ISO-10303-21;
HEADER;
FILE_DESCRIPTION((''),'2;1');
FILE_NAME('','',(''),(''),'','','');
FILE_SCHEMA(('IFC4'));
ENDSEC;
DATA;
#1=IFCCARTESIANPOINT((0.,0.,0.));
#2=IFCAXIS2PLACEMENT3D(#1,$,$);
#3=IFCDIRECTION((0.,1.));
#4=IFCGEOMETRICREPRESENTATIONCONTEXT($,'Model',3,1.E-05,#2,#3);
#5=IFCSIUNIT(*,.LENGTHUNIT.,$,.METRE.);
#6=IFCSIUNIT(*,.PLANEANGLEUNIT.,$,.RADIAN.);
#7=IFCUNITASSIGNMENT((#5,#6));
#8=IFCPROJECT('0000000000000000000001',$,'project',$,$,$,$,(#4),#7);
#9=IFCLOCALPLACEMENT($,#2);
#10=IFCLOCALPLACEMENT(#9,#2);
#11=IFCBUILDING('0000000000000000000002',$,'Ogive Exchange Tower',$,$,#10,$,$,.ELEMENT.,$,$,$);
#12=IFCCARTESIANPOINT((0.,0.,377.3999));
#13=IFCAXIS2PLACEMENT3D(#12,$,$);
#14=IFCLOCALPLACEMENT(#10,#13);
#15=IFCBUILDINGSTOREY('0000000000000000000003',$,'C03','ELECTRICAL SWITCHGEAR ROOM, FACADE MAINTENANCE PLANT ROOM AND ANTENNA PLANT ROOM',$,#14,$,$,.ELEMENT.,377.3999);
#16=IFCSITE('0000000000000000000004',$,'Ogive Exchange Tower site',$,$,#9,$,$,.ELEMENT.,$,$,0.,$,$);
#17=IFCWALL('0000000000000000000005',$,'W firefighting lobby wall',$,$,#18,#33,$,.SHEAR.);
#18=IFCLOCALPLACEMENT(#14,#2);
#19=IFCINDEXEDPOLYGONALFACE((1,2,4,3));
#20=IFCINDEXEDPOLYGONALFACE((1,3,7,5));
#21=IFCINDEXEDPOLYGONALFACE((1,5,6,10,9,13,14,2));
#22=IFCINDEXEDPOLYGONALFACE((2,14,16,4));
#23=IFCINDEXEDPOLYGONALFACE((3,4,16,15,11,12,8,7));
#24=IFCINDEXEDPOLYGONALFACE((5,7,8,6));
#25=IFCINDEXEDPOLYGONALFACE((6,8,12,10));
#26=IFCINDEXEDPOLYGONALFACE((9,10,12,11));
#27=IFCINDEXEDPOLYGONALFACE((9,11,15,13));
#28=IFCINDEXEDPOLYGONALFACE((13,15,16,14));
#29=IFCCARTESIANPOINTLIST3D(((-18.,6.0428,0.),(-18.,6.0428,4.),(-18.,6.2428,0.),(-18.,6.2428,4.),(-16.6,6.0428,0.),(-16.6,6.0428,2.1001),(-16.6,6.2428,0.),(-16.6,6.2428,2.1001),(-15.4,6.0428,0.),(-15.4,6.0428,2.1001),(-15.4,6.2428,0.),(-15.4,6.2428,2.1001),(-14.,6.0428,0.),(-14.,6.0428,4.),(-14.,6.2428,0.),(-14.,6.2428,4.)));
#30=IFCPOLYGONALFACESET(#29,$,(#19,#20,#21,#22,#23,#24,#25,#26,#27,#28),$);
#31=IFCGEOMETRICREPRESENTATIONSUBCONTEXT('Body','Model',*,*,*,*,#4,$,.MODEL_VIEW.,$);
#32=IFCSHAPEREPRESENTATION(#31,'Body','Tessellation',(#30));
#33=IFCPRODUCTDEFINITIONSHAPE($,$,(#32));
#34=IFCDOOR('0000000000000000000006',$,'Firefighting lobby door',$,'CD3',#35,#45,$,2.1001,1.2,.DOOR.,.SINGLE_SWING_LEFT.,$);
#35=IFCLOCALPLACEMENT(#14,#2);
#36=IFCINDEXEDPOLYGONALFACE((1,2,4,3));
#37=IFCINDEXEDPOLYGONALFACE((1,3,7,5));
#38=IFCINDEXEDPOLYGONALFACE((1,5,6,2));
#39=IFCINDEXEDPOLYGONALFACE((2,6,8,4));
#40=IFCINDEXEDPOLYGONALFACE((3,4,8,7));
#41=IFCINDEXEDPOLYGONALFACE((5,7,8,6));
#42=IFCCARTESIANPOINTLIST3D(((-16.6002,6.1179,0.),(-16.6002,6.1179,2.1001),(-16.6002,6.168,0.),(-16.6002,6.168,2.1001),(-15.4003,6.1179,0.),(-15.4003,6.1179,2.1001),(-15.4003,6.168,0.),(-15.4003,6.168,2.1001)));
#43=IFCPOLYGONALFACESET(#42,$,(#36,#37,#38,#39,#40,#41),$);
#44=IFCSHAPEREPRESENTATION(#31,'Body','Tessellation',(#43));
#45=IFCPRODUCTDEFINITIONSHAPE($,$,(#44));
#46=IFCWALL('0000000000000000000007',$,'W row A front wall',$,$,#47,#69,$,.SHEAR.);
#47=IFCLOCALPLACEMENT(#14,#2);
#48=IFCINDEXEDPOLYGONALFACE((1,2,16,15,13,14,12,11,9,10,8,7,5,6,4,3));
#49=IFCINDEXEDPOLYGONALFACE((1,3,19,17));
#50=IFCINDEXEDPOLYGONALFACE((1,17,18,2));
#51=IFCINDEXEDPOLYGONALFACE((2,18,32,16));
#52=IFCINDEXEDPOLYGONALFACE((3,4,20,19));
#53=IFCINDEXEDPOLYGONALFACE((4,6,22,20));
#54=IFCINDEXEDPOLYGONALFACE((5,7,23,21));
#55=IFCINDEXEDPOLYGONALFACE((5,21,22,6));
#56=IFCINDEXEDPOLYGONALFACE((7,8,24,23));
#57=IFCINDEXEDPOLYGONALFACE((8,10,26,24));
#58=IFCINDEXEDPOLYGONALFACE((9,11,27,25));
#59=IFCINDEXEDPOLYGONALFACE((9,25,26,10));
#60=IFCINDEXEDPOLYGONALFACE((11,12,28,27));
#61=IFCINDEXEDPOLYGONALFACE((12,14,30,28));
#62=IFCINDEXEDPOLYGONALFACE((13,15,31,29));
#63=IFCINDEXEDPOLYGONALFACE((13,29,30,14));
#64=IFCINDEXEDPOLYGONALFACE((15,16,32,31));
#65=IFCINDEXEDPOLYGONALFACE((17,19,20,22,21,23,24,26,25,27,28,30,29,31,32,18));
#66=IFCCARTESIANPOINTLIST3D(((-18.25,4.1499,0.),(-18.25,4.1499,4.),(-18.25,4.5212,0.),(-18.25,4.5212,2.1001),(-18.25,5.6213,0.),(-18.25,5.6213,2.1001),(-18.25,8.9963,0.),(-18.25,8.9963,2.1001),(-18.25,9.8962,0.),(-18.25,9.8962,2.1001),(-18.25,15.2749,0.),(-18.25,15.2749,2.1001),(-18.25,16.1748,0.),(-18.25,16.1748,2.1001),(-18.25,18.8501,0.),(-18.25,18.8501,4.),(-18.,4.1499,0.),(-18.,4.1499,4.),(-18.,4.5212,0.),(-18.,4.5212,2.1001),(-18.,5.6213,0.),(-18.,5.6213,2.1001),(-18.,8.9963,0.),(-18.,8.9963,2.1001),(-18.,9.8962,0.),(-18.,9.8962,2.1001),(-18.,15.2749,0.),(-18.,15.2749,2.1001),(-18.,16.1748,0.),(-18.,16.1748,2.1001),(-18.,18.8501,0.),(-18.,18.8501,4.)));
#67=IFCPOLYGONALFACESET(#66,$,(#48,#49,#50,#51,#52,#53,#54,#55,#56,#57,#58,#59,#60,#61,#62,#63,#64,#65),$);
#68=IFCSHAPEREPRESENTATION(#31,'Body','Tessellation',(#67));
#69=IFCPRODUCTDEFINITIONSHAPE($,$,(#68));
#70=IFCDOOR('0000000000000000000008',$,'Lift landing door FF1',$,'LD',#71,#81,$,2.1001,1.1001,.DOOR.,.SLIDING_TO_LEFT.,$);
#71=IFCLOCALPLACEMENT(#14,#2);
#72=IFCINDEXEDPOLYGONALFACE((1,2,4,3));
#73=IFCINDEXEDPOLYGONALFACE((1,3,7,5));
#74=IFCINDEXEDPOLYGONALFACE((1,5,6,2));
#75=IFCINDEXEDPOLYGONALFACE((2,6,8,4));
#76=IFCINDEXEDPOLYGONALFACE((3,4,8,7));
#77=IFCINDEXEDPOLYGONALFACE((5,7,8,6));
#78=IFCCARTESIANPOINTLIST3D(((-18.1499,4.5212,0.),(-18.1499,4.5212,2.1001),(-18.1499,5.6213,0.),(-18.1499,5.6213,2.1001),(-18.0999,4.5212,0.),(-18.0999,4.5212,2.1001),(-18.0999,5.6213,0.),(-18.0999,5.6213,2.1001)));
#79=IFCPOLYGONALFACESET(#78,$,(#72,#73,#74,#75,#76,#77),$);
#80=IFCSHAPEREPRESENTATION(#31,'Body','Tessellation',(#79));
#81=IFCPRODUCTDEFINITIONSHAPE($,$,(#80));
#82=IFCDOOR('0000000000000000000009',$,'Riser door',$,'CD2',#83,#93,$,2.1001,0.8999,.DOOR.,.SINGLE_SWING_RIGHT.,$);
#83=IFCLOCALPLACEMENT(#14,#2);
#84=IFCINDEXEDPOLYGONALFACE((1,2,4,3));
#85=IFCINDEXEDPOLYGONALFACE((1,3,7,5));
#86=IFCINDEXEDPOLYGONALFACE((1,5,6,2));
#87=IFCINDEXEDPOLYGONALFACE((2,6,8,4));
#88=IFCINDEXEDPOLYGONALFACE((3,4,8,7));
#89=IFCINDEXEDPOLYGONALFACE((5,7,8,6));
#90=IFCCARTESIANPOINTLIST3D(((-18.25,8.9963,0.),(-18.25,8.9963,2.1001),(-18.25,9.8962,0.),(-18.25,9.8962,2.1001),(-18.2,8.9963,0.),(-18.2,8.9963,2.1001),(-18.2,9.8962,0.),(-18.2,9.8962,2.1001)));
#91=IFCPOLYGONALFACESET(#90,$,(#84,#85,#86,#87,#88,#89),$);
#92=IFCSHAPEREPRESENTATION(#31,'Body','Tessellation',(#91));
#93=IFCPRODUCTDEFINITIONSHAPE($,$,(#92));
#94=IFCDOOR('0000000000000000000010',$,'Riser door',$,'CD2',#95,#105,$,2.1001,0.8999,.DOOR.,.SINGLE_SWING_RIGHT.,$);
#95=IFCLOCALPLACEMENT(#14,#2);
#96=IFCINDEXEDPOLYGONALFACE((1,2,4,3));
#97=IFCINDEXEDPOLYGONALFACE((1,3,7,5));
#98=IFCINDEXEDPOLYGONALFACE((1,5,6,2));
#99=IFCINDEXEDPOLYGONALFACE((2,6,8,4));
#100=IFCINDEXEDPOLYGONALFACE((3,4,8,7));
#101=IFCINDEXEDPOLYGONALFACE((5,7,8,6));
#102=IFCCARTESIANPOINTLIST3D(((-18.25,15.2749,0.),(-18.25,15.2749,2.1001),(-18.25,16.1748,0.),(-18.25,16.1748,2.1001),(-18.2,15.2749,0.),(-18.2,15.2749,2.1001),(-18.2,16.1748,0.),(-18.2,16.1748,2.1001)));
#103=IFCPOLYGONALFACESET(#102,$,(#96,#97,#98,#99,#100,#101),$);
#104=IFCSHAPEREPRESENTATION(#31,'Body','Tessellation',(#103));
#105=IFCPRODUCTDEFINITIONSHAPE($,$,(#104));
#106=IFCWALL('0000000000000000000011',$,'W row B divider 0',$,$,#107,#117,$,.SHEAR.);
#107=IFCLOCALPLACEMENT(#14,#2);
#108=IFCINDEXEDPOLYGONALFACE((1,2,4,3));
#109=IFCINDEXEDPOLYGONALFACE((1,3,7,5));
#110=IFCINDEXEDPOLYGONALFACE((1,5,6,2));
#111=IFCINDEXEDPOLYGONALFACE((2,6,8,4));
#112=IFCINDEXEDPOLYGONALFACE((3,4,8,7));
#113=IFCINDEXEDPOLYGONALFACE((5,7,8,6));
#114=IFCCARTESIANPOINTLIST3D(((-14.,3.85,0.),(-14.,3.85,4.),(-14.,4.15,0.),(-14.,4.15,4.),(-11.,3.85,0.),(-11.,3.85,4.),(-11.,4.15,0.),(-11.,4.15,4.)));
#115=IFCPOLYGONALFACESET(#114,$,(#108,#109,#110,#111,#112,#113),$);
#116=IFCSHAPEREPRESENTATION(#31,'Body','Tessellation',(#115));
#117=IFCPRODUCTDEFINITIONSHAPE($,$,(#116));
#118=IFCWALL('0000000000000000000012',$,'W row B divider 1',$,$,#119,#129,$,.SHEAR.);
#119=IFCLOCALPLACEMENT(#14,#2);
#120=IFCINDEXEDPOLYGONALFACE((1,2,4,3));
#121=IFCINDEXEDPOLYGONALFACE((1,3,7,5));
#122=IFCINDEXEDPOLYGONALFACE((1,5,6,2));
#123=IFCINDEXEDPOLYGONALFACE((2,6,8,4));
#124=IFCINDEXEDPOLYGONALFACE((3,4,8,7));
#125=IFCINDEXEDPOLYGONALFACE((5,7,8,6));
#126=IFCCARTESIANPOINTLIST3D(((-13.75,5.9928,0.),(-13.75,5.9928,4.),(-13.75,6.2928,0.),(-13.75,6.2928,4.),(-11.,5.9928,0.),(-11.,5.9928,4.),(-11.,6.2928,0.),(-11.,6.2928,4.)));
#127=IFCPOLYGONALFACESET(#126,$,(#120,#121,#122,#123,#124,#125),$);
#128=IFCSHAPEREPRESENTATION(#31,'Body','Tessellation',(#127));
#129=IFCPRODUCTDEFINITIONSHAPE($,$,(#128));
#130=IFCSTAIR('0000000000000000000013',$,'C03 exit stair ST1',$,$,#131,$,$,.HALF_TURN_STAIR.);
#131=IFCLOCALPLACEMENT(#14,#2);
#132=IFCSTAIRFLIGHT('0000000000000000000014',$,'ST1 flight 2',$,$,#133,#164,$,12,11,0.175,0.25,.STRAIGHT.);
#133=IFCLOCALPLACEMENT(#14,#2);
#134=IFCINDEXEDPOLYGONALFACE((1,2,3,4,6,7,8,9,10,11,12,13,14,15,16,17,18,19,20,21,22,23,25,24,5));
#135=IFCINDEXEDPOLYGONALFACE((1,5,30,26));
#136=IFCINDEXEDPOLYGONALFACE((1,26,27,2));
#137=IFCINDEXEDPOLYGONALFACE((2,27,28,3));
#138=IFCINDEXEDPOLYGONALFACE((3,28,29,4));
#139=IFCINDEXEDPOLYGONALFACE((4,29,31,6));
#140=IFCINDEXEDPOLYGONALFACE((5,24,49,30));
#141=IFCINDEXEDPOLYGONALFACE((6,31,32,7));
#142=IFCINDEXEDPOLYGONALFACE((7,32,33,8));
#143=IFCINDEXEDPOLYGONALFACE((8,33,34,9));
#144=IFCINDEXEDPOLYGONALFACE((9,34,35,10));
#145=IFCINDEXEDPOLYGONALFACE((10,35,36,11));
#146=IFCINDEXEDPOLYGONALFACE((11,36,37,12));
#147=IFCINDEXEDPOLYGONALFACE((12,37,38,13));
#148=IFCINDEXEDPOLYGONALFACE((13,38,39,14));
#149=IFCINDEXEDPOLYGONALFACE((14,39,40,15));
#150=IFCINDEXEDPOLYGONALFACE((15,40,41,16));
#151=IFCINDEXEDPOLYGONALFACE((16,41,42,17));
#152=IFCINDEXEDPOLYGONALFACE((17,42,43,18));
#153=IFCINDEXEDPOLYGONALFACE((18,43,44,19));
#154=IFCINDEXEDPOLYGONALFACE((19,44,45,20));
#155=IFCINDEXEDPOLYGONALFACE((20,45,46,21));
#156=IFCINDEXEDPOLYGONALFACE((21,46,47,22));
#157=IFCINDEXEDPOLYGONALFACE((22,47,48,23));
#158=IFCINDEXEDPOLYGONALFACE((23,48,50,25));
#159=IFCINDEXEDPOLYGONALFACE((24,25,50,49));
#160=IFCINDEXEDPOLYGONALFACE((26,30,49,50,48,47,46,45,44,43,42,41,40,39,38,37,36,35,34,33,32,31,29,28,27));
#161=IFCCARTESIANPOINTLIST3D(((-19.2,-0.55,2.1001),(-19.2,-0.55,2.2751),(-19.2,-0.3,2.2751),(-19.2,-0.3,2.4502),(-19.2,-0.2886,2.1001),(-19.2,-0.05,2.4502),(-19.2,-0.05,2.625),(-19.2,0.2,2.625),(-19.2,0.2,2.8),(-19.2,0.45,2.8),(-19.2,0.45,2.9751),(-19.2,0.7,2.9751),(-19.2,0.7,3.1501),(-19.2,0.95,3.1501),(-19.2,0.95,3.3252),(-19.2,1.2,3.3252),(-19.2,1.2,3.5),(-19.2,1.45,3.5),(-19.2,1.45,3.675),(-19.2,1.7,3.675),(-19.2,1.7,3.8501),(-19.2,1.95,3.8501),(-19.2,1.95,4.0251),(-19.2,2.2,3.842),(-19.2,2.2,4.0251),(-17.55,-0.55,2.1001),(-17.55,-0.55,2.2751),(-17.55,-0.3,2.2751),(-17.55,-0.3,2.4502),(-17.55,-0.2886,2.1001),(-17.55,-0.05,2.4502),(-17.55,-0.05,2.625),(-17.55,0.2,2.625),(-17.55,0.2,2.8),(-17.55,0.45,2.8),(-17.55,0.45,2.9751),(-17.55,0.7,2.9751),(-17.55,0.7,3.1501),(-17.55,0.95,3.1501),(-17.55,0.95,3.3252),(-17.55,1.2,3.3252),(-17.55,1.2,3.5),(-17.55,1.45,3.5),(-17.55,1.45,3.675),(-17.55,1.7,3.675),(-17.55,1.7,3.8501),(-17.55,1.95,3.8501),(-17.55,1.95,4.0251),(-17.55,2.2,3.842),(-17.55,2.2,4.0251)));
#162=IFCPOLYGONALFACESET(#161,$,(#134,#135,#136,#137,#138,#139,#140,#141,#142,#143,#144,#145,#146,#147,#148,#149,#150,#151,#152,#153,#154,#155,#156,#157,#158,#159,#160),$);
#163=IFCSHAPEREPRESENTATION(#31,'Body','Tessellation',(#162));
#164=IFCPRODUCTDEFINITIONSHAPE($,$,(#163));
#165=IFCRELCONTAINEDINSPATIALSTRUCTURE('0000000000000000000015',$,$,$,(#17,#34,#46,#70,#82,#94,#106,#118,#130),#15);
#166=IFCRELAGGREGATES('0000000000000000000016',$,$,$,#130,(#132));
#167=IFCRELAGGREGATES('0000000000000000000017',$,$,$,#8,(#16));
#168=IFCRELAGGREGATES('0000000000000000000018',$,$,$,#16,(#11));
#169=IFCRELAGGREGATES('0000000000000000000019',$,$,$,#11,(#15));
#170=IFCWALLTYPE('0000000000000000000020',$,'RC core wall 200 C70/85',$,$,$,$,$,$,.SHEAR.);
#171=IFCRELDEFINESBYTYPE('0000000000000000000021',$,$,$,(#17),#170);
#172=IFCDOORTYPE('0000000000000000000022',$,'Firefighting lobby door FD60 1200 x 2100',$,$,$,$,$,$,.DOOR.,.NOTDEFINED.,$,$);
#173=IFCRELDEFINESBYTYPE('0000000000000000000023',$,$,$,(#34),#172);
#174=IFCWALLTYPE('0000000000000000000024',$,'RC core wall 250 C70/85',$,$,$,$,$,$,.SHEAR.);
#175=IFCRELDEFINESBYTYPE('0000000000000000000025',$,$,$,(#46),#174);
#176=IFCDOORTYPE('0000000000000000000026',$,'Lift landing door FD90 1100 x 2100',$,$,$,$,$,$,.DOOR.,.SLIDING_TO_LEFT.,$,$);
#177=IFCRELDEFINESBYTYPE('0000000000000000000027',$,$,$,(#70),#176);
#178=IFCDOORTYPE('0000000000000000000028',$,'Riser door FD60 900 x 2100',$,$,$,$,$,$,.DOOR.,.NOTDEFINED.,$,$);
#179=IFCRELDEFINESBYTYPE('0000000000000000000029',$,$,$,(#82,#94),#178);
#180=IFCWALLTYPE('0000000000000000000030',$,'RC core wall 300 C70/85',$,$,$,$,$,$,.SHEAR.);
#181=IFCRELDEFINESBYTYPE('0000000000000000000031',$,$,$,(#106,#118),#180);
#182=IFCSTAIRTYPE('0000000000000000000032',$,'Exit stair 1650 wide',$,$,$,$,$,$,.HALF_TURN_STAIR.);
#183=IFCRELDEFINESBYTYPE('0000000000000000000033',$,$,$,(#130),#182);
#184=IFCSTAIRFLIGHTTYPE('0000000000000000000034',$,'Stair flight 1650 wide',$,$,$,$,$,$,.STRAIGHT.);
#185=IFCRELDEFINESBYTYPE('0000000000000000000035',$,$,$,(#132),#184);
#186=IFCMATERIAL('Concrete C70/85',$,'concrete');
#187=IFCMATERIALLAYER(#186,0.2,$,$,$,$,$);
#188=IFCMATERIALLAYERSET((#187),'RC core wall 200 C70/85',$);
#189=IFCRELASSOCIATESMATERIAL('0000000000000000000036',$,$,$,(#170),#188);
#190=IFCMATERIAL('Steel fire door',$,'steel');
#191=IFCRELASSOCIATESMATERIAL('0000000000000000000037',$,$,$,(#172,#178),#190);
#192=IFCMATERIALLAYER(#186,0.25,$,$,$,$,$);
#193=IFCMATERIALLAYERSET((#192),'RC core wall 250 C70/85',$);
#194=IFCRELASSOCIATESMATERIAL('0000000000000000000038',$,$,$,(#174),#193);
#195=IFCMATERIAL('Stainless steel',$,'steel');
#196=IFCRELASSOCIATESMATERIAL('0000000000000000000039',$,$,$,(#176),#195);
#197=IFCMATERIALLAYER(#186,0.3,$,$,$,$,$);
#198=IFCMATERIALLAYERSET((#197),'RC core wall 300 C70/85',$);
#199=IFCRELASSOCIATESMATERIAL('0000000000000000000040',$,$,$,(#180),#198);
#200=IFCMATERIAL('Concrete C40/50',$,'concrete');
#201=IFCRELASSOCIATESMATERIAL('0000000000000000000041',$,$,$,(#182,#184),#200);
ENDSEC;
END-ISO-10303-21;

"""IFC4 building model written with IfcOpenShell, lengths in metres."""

from ifc_helpers import new_model, si_unit, direction, frame, frame_2d, origin, place, context, subcontext, project, spatial, polyline, rectangle, outline, extrude, material, layer, layer_set, type_object, element, fill, aggregate, save


model = new_model("IFC4")

# Units and contexts
model_context = context("Model", 3, precision=1e-05, world=origin(), true_north=direction((0.0, 1.0)))
body_context = subcontext(model_context, "Body", "Model", "MODEL_VIEW")
ifc_project = project(units=[si_unit("LENGTHUNIT", "METRE"), si_unit("PLANEANGLEUNIT", "RADIAN")], contexts=[model_context])

# Site, building, storey
site_placement = place(None, origin())
site = spatial("IfcSite", under=ifc_project, at=site_placement, Name="Ogive Exchange Tower site", CompositionType="ELEMENT", RefElevation=0.0)
building_placement = place(site_placement, origin())
building = spatial("IfcBuilding", under=site, at=building_placement, Name="Ogive Exchange Tower", CompositionType="ELEMENT")
storey_placement = place(building_placement, frame((0.0, 0.0, 377.3999)))
storey = spatial("IfcBuildingStorey", under=building, at=storey_placement, Name="C03", Description="ELECTRICAL SWITCHGEAR ROOM, FACADE MAINTENANCE PLANT ROOM AND ANTENNA PLANT ROOM", CompositionType="ELEMENT", Elevation=377.3999)

# Wall, opening, door
ifc_material_1 = material(Name="Concrete C70/85", Category="concrete")
ifc_layer_1 = layer(ifc_material_1, 0.2)
ifc_layer_set_1 = layer_set([ifc_layer_1], Name="RC core wall 200 C70/85")
wall_type_1 = type_object("IfcWallType", Name="RC core wall 200 C70/85", PredefinedType="SHEAR", material=ifc_layer_set_1)
wall_1_placement = place(storey_placement, frame((-18.0, 6.1428, 0.0), z_axis=(0.0, 0.0, 1.0), x_axis=(1.0, 0.0, 0.0)))
wall_1 = element("IfcWall", 1, at=wall_1_placement, inside=storey, type_object=wall_type_1, Name="W firefighting lobby wall", PredefinedType="SHEAR", context=body_context, shape_type="SweptSolid", body=[
    extrude(rectangle(XDim=4.0, YDim=0.2, at=frame_2d((2.0, 0.0))), origin(), (0.0, 0.0, 1.0), 4.0),
])
opening_1_placement = place(wall_1_placement, frame((1.3999, 0.0, 0.0)))
opening_1 = element("IfcOpeningElement", 2, at=opening_1_placement, cuts=wall_1, PredefinedType="OPENING", context=body_context, shape_type="SweptSolid", body=[
    extrude(rectangle(XDim=1.2, YDim=2.1001, at=frame_2d((0.6001, 1.05))), frame((0.0, 0.1099, 0.0), z_axis=(0.0, -1.0, 0.0), x_axis=(1.0, 0.0, 0.0)), (0.0, 0.0, 1.0), 0.22),
])
ifc_material_2 = material(Name="Steel fire door", Category="steel")
door_type_1 = type_object("IfcDoorType", Name="Firefighting lobby door FD60 1200 x 2100", OperationType="NOTDEFINED", PredefinedType="DOOR", material=ifc_material_2)
door_1_placement = place(opening_1_placement, frame((1.2, 0.0, 0.0), z_axis=(0.0, 0.0, 1.0), x_axis=(-1.0, 0.0, 0.0)))
door_1 = element("IfcDoor", 3, at=door_1_placement, inside=storey, type_object=door_type_1, Name="Firefighting lobby door", ObjectType="CD3", OperationType="SINGLE_SWING_LEFT", OverallHeight=2.1001, OverallWidth=1.2, PredefinedType="DOOR", context=body_context, shape_type="SweptSolid", body=[
    extrude(rectangle(XDim=1.2, YDim=2.1001, at=frame_2d((0.6001, 1.05))), frame((0.0, 0.0249, 0.0), z_axis=(0.0, -1.0, 0.0), x_axis=(1.0, 0.0, 0.0)), (0.0, 0.0, 1.0), 0.05),
])
fill(opening_1, door_1)

# Wall, openings, doors
ifc_layer_2 = layer(ifc_material_1, 0.25)
ifc_layer_set_2 = layer_set([ifc_layer_2], Name="RC core wall 250 C70/85")
wall_type_2 = type_object("IfcWallType", Name="RC core wall 250 C70/85", PredefinedType="SHEAR", material=ifc_layer_set_2)
wall_2_placement = place(storey_placement, frame((-18.125, 4.1499, 0.0), z_axis=(0.0, 0.0, 1.0), x_axis=(0.0, 1.0, 0.0)))
wall_2 = element("IfcWall", 4, at=wall_2_placement, inside=storey, type_object=wall_type_2, Name="W row A front wall", PredefinedType="SHEAR", context=body_context, shape_type="SweptSolid", body=[
    extrude(rectangle(XDim=14.7002, YDim=0.25, at=frame_2d((7.3501, 0.0))), origin(), (0.0, 0.0, 1.0), 4.0),
])
opening_2_placement = place(wall_2_placement, frame((4.8464, 0.0, 0.0)))
opening_2 = element("IfcOpeningElement", 5, at=opening_2_placement, cuts=wall_2, PredefinedType="OPENING", context=body_context, shape_type="SweptSolid", body=[
    extrude(rectangle(XDim=0.8999, YDim=2.1001, at=frame_2d((0.45, 1.05))), frame((0.0, 0.135, 0.0), z_axis=(0.0, -1.0, 0.0), x_axis=(1.0, 0.0, 0.0)), (0.0, 0.0, 1.0), 0.27),
])
opening_3_placement = place(wall_2_placement, frame((11.125, 0.0, 0.0)))
opening_3 = element("IfcOpeningElement", 6, at=opening_3_placement, cuts=wall_2, PredefinedType="OPENING", context=body_context, shape_type="SweptSolid", body=[
    extrude(rectangle(XDim=0.8999, YDim=2.1001, at=frame_2d((0.45, 1.05))), frame((0.0, 0.135, 0.0), z_axis=(0.0, -1.0, 0.0), x_axis=(1.0, 0.0, 0.0)), (0.0, 0.0, 1.0), 0.27),
])
opening_4_placement = place(wall_2_placement, frame((0.3713, 0.0, 0.0)))
opening_4 = element("IfcOpeningElement", 7, at=opening_4_placement, cuts=wall_2, PredefinedType="OPENING", context=body_context, shape_type="SweptSolid", body=[
    extrude(rectangle(XDim=1.1001, YDim=2.1001, at=frame_2d((0.55, 1.05))), frame((0.0, 0.135, 0.0), z_axis=(0.0, -1.0, 0.0), x_axis=(1.0, 0.0, 0.0)), (0.0, 0.0, 1.0), 0.27),
])
ifc_material_3 = material(Name="Stainless steel", Category="steel")
door_type_2 = type_object("IfcDoorType", Name="Lift landing door FD90 1100 x 2100", OperationType="SLIDING_TO_LEFT", PredefinedType="DOOR", material=ifc_material_3)
door_2_placement = place(opening_4_placement, origin())
door_2 = element("IfcDoor", 8, at=door_2_placement, inside=storey, type_object=door_type_2, Name="Lift landing door FF1", ObjectType="LD", OperationType="SLIDING_TO_LEFT", OverallHeight=2.1001, OverallWidth=1.1001, PredefinedType="DOOR", context=body_context, shape_type="SweptSolid", body=[
    extrude(rectangle(XDim=1.1001, YDim=2.1001, at=frame_2d((0.55, 1.05))), frame((0.0, 0.0249, 0.0), z_axis=(0.0, -1.0, 0.0), x_axis=(1.0, 0.0, 0.0)), (0.0, 0.0, 1.0), 0.05),
])
fill(opening_4, door_2)
door_type_3 = type_object("IfcDoorType", Name="Riser door FD60 900 x 2100", OperationType="NOTDEFINED", PredefinedType="DOOR", material=ifc_material_2)
door_3_placement = place(opening_2_placement, origin())
door_3 = element("IfcDoor", 9, at=door_3_placement, inside=storey, type_object=door_type_3, Name="Riser door", ObjectType="CD2", OperationType="SINGLE_SWING_RIGHT", OverallHeight=2.1001, OverallWidth=0.8999, PredefinedType="DOOR", context=body_context, shape_type="SweptSolid", body=[
    extrude(rectangle(XDim=0.8999, YDim=2.1001, at=frame_2d((0.45, 1.05))), frame((0.0, 0.125, 0.0), z_axis=(0.0, -1.0, 0.0), x_axis=(1.0, 0.0, 0.0)), (0.0, 0.0, 1.0), 0.05),
])
fill(opening_2, door_3)
door_4_placement = place(opening_3_placement, origin())
door_4 = element("IfcDoor", 10, at=door_4_placement, inside=storey, type_object=door_type_3, Name="Riser door", ObjectType="CD2", OperationType="SINGLE_SWING_RIGHT", OverallHeight=2.1001, OverallWidth=0.8999, PredefinedType="DOOR", context=body_context, shape_type="SweptSolid", body=[
    extrude(rectangle(XDim=0.8999, YDim=2.1001, at=frame_2d((0.45, 1.05))), frame((0.0, 0.125, 0.0), z_axis=(0.0, -1.0, 0.0), x_axis=(1.0, 0.0, 0.0)), (0.0, 0.0, 1.0), 0.05),
])
fill(opening_3, door_4)

# Walls
ifc_layer_3 = layer(ifc_material_1, 0.3)
ifc_layer_set_3 = layer_set([ifc_layer_3], Name="RC core wall 300 C70/85")
wall_type_3 = type_object("IfcWallType", Name="RC core wall 300 C70/85", PredefinedType="SHEAR", material=ifc_layer_set_3)
wall_3_placement = place(storey_placement, frame((-14.0, 4.0, 0.0), z_axis=(0.0, 0.0, 1.0), x_axis=(1.0, 0.0, 0.0)))
element("IfcWall", 11, at=wall_3_placement, inside=storey, type_object=wall_type_3, Name="W row B divider 0", PredefinedType="SHEAR", context=body_context, shape_type="SweptSolid", body=[
    extrude(rectangle(XDim=3.0, YDim=0.3, at=frame_2d((1.5, 0.0))), origin(), (0.0, 0.0, 1.0), 4.0),
])
wall_4_placement = place(storey_placement, frame((-13.75, 6.1428, 0.0), z_axis=(0.0, 0.0, 1.0), x_axis=(1.0, 0.0, 0.0)))
element("IfcWall", 12, at=wall_4_placement, inside=storey, type_object=wall_type_3, Name="W row B divider 1", PredefinedType="SHEAR", context=body_context, shape_type="SweptSolid", body=[
    extrude(rectangle(XDim=2.75, YDim=0.3, at=frame_2d((1.375, 0.0))), origin(), (0.0, 0.0, 1.0), 4.0),
])

# Stair, stair flight
ifc_material_4 = material(Name="Concrete C40/50", Category="concrete")
stair_type = type_object("IfcStairType", Name="Exit stair 1650 wide", PredefinedType="HALF_TURN_STAIR", material=ifc_material_4)
stair_placement = place(storey_placement, origin())
stair = element("IfcStair", 13, at=stair_placement, inside=storey, type_object=stair_type, Name="C03 exit stair ST1", PredefinedType="HALF_TURN_STAIR")
stair_flight_type = type_object("IfcStairFlightType", Name="Stair flight 1650 wide", PredefinedType="STRAIGHT", material=ifc_material_4)
stair_flight_placement = place(storey_placement, frame((-18.375, -0.55, 2.1001), z_axis=(0.0, 0.0, 1.0), x_axis=(0.0, 1.0, 0.0)))
stair_flight = element("IfcStairFlight", 14, at=stair_flight_placement, type_object=stair_flight_type, Name="ST1 flight 2", NumberOfRisers=12, NumberOfTreads=11, PredefinedType="STRAIGHT", RiserHeight=0.175, TreadLength=0.25, context=body_context, shape_type="SweptSolid", body=[
    extrude(outline(polyline([(0.0, 0.0), (0.0, 0.175), (0.25, 0.175), (0.25, 0.3501), (0.5, 0.3501), (0.5, 0.5249), (0.75, 0.5249), (0.75, 0.7), (1.0, 0.7), (1.0, 0.875), (1.25, 0.875), (1.25, 1.05), (1.5, 1.05), (1.5, 1.2251), (1.75, 1.2251), (1.75, 1.3999), (2.0, 1.3999), (2.0, 1.575), (2.25, 1.575), (2.25, 1.75), (2.5, 1.75), (2.5, 1.925), (2.75, 1.925), (2.75, 2.1001), (2.75, 1.7419), (0.2615, 0.0), (0.0, 0.0)])), frame((0.0, 0.825, 0.0), z_axis=(0.0, -1.0, 0.0), x_axis=(1.0, 0.0, 0.0)), (0.0, 0.0, 1.0), 1.6499),
])
aggregate(stair, [stair_flight])

save(model, "model.ifc")
